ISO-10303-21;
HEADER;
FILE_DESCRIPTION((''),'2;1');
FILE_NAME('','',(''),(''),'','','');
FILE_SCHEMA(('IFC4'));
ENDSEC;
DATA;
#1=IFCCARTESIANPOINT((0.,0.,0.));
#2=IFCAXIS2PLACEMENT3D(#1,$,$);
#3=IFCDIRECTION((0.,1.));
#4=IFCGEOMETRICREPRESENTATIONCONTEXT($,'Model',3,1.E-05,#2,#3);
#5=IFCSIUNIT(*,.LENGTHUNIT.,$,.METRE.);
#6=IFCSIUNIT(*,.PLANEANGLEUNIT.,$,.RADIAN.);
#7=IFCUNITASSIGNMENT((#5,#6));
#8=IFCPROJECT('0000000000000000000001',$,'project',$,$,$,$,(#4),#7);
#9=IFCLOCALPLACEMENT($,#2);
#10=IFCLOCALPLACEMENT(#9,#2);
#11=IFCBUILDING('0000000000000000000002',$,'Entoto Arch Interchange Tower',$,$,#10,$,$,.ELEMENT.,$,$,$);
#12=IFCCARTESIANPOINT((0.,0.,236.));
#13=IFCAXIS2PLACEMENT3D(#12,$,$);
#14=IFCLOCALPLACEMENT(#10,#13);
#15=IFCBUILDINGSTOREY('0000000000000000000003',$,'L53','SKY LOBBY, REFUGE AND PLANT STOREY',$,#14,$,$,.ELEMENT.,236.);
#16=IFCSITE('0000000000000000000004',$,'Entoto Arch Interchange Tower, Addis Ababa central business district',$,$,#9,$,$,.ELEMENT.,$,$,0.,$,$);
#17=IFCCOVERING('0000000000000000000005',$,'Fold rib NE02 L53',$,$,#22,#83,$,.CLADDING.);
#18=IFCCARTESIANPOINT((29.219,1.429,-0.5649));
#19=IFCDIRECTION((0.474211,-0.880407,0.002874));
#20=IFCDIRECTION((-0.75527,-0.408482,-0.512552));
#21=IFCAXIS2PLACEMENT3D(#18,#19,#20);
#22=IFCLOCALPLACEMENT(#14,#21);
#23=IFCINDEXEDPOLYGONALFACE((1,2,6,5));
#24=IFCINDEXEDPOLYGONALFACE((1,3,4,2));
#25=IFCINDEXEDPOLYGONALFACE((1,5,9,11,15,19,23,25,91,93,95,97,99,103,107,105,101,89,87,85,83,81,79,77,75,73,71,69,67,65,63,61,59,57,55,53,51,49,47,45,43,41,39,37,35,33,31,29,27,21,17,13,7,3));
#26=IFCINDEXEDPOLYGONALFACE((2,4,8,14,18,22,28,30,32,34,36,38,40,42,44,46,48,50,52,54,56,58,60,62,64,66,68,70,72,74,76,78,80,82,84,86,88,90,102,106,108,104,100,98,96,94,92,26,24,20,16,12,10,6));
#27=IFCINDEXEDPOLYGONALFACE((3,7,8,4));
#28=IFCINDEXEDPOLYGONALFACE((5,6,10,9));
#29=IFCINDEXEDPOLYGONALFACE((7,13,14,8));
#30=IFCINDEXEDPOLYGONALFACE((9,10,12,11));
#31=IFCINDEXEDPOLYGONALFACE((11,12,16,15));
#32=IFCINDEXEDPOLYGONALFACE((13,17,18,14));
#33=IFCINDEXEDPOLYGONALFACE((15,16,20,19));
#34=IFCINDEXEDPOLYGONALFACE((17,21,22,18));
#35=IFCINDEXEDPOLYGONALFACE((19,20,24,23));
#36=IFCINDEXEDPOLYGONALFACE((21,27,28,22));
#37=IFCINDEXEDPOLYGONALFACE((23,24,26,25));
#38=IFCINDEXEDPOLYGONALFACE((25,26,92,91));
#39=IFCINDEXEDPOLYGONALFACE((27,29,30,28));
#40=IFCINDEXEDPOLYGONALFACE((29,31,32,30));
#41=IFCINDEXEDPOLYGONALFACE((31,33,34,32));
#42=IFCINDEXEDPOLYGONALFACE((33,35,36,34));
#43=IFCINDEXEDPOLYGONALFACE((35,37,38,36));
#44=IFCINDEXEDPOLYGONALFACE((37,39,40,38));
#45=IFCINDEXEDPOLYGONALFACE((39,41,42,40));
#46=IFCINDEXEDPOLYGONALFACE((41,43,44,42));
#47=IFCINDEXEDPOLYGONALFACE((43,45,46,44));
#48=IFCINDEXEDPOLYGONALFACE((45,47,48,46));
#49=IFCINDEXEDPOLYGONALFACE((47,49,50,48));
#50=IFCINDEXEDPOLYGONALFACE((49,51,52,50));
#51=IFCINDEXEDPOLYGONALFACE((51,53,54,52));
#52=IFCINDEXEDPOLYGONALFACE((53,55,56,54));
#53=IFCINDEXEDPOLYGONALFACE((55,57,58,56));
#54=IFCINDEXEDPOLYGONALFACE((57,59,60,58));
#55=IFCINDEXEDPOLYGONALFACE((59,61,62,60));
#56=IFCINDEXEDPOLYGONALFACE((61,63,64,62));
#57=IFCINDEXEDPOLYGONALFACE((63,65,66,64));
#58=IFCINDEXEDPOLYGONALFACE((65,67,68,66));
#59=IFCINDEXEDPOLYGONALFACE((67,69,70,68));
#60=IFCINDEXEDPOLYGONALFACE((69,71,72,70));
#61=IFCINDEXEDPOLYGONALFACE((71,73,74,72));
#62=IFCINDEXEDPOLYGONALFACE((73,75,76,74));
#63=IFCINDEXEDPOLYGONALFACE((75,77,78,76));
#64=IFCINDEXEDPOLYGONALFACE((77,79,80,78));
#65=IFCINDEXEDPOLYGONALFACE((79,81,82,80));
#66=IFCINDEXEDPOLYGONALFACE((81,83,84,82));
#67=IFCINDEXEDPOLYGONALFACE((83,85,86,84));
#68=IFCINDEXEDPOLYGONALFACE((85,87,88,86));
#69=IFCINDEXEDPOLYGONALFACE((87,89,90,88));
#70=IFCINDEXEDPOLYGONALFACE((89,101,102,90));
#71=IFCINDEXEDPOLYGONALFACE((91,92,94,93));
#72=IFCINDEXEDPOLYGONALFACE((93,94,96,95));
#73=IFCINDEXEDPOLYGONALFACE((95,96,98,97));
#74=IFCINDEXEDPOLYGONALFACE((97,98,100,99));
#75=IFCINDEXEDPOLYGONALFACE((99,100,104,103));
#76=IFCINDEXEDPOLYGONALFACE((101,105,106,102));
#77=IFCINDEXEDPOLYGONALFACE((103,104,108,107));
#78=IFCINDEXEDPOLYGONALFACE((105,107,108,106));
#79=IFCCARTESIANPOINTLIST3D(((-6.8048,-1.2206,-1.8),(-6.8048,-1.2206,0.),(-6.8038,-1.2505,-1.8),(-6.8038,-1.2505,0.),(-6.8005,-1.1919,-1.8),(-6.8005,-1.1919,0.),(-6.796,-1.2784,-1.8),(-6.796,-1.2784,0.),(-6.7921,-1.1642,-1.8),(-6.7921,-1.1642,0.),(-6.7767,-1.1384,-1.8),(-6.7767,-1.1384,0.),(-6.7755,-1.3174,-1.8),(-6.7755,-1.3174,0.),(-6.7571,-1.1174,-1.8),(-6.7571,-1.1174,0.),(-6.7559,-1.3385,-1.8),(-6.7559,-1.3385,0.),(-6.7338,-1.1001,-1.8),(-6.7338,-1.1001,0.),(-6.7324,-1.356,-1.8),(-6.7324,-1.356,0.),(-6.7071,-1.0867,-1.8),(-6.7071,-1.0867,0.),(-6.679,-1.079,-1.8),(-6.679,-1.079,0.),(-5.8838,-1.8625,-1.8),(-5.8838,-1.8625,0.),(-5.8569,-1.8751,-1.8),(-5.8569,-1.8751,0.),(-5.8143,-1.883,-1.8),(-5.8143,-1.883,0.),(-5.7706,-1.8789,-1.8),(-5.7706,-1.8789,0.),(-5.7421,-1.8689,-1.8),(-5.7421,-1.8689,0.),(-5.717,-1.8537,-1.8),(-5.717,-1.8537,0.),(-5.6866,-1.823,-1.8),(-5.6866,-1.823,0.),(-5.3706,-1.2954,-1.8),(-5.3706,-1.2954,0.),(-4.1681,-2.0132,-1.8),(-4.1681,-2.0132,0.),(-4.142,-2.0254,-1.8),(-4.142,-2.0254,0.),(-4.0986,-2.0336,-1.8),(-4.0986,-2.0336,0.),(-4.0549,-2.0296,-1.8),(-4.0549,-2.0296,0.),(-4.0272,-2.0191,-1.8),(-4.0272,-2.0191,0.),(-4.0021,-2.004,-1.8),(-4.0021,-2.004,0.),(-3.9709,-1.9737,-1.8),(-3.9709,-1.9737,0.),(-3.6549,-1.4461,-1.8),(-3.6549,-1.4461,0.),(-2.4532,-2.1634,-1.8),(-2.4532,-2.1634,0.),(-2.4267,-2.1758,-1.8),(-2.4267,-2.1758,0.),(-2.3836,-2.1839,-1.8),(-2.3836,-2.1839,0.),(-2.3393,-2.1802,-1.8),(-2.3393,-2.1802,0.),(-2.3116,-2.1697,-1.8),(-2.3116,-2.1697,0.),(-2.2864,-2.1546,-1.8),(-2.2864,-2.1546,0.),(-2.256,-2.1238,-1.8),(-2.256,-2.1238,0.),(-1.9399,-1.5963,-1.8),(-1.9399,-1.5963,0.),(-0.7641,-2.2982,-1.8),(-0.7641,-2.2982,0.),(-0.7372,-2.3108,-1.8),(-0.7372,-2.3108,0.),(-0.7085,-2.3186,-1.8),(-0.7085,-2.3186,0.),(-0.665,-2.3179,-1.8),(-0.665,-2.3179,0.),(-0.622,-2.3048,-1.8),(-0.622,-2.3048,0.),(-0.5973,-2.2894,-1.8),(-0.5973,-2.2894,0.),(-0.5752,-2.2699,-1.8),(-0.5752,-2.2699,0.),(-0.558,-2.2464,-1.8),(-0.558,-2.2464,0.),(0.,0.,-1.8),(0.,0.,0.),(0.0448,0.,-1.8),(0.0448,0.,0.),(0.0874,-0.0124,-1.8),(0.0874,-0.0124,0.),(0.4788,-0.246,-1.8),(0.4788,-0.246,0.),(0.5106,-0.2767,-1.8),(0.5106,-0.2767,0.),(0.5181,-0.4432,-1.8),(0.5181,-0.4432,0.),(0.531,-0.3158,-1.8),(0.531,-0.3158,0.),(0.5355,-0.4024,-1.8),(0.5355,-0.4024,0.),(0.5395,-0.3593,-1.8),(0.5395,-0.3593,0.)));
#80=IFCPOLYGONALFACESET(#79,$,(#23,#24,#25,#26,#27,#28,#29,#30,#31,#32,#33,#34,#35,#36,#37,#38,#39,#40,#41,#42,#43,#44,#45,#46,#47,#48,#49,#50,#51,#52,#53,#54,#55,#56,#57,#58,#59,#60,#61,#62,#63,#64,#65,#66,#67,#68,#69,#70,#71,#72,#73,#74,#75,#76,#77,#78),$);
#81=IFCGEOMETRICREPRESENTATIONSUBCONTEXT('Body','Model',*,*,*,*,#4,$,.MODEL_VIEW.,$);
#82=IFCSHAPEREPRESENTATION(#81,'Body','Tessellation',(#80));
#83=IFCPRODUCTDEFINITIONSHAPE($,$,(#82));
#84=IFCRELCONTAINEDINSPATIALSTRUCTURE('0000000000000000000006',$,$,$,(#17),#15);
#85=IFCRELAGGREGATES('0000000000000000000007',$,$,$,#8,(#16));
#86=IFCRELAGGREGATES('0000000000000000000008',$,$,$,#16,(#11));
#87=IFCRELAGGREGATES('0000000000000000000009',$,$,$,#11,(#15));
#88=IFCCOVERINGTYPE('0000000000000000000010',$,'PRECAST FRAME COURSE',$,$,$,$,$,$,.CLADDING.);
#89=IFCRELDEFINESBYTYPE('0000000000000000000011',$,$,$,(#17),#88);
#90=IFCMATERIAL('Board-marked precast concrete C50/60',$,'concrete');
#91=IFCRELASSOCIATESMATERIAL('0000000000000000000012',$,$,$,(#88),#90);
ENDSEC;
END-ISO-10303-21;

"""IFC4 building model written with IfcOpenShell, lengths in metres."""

from ifc_helpers import new_model, si_unit, direction, frame, origin, place, context, subcontext, project, spatial, polyline, outline, extrude, material, type_object, element, save


model = new_model("IFC4")

# Units and contexts
model_context = context("Model", 3, precision=1e-05, world=origin(), true_north=direction((0.0, 1.0)))
body_context = subcontext(model_context, "Body", "Model", "MODEL_VIEW")
ifc_project = project(units=[si_unit("LENGTHUNIT", "METRE"), si_unit("PLANEANGLEUNIT", "RADIAN")], contexts=[model_context])

# Site, building, storey
site_placement = place(None, origin())
site = spatial("IfcSite", under=ifc_project, at=site_placement, Name="Entoto Arch Interchange Tower, Addis Ababa central business district", CompositionType="ELEMENT", RefElevation=0.0)
building_placement = place(site_placement, origin())
building = spatial("IfcBuilding", under=site, at=building_placement, Name="Entoto Arch Interchange Tower", CompositionType="ELEMENT")
storey_placement = place(building_placement, frame((0.0, 0.0, 236.0)))
storey = spatial("IfcBuildingStorey", under=building, at=storey_placement, Name="L53", Description="SKY LOBBY, REFUGE AND PLANT STOREY", CompositionType="ELEMENT", Elevation=236.0)

# Shared definitions
ifc_material_1 = material(Name="Board-marked precast concrete C50/60", Category="concrete")

# Covering
covering_type = type_object("IfcCoveringType", Name="PRECAST FRAME COURSE", PredefinedType="CLADDING", material=ifc_material_1)
covering_placement = place(storey_placement, frame((29.219, 1.429, -0.5649), z_axis=(0.474211, -0.880407, 0.002874), x_axis=(-0.75527, -0.408482, -0.512552)))
element("IfcCovering", 1, at=covering_placement, inside=storey, type_object=covering_type, Name="Fold rib NE02 L53", PredefinedType="CLADDING", context=body_context, shape_type="SweptSolid", body=[
    extrude(outline(polyline([(0.0, 0.0), (0.0448, 0.0), (0.0874, -0.0124), (0.4788, -0.246), (0.5106, -0.2767), (0.531, -0.3158), (0.5395, -0.3593), (0.5355, -0.4024), (0.5181, -0.4432), (-0.558, -2.2464), (-0.5752, -2.2699), (-0.5973, -2.2894), (-0.622, -2.3048), (-0.665, -2.3179), (-0.7085, -2.3186), (-0.7372, -2.3108), (-0.7641, -2.2982), (-1.9399, -1.5963), (-2.256, -2.1238), (-2.2864, -2.1546), (-2.3116, -2.1697), (-2.3393, -2.1802), (-2.3836, -2.1839), (-2.4267, -2.1758), (-2.4532, -2.1634), (-3.6549, -1.4461), (-3.9709, -1.9737), (-4.0021, -2.004), (-4.0272, -2.0191), (-4.0549, -2.0296), (-4.0986, -2.0336), (-4.142, -2.0254), (-4.1681, -2.0132), (-5.3706, -1.2954), (-5.6866, -1.823), (-5.717, -1.8537), (-5.7421, -1.8689), (-5.7706, -1.8789), (-5.8143, -1.883), (-5.8569, -1.8751), (-5.8838, -1.8625), (-6.7324, -1.356), (-6.7559, -1.3385), (-6.7755, -1.3174), (-6.796, -1.2784), (-6.8038, -1.2505), (-6.8048, -1.2206), (-6.8005, -1.1919), (-6.7921, -1.1642), (-6.7767, -1.1384), (-6.7571, -1.1174), (-6.7338, -1.1001), (-6.7071, -1.0867), (-6.679, -1.079), (0.0, 0.0)])), origin(), (0.0, 0.0, -1.0), 1.8),
])

save(model, "model.ifc")
